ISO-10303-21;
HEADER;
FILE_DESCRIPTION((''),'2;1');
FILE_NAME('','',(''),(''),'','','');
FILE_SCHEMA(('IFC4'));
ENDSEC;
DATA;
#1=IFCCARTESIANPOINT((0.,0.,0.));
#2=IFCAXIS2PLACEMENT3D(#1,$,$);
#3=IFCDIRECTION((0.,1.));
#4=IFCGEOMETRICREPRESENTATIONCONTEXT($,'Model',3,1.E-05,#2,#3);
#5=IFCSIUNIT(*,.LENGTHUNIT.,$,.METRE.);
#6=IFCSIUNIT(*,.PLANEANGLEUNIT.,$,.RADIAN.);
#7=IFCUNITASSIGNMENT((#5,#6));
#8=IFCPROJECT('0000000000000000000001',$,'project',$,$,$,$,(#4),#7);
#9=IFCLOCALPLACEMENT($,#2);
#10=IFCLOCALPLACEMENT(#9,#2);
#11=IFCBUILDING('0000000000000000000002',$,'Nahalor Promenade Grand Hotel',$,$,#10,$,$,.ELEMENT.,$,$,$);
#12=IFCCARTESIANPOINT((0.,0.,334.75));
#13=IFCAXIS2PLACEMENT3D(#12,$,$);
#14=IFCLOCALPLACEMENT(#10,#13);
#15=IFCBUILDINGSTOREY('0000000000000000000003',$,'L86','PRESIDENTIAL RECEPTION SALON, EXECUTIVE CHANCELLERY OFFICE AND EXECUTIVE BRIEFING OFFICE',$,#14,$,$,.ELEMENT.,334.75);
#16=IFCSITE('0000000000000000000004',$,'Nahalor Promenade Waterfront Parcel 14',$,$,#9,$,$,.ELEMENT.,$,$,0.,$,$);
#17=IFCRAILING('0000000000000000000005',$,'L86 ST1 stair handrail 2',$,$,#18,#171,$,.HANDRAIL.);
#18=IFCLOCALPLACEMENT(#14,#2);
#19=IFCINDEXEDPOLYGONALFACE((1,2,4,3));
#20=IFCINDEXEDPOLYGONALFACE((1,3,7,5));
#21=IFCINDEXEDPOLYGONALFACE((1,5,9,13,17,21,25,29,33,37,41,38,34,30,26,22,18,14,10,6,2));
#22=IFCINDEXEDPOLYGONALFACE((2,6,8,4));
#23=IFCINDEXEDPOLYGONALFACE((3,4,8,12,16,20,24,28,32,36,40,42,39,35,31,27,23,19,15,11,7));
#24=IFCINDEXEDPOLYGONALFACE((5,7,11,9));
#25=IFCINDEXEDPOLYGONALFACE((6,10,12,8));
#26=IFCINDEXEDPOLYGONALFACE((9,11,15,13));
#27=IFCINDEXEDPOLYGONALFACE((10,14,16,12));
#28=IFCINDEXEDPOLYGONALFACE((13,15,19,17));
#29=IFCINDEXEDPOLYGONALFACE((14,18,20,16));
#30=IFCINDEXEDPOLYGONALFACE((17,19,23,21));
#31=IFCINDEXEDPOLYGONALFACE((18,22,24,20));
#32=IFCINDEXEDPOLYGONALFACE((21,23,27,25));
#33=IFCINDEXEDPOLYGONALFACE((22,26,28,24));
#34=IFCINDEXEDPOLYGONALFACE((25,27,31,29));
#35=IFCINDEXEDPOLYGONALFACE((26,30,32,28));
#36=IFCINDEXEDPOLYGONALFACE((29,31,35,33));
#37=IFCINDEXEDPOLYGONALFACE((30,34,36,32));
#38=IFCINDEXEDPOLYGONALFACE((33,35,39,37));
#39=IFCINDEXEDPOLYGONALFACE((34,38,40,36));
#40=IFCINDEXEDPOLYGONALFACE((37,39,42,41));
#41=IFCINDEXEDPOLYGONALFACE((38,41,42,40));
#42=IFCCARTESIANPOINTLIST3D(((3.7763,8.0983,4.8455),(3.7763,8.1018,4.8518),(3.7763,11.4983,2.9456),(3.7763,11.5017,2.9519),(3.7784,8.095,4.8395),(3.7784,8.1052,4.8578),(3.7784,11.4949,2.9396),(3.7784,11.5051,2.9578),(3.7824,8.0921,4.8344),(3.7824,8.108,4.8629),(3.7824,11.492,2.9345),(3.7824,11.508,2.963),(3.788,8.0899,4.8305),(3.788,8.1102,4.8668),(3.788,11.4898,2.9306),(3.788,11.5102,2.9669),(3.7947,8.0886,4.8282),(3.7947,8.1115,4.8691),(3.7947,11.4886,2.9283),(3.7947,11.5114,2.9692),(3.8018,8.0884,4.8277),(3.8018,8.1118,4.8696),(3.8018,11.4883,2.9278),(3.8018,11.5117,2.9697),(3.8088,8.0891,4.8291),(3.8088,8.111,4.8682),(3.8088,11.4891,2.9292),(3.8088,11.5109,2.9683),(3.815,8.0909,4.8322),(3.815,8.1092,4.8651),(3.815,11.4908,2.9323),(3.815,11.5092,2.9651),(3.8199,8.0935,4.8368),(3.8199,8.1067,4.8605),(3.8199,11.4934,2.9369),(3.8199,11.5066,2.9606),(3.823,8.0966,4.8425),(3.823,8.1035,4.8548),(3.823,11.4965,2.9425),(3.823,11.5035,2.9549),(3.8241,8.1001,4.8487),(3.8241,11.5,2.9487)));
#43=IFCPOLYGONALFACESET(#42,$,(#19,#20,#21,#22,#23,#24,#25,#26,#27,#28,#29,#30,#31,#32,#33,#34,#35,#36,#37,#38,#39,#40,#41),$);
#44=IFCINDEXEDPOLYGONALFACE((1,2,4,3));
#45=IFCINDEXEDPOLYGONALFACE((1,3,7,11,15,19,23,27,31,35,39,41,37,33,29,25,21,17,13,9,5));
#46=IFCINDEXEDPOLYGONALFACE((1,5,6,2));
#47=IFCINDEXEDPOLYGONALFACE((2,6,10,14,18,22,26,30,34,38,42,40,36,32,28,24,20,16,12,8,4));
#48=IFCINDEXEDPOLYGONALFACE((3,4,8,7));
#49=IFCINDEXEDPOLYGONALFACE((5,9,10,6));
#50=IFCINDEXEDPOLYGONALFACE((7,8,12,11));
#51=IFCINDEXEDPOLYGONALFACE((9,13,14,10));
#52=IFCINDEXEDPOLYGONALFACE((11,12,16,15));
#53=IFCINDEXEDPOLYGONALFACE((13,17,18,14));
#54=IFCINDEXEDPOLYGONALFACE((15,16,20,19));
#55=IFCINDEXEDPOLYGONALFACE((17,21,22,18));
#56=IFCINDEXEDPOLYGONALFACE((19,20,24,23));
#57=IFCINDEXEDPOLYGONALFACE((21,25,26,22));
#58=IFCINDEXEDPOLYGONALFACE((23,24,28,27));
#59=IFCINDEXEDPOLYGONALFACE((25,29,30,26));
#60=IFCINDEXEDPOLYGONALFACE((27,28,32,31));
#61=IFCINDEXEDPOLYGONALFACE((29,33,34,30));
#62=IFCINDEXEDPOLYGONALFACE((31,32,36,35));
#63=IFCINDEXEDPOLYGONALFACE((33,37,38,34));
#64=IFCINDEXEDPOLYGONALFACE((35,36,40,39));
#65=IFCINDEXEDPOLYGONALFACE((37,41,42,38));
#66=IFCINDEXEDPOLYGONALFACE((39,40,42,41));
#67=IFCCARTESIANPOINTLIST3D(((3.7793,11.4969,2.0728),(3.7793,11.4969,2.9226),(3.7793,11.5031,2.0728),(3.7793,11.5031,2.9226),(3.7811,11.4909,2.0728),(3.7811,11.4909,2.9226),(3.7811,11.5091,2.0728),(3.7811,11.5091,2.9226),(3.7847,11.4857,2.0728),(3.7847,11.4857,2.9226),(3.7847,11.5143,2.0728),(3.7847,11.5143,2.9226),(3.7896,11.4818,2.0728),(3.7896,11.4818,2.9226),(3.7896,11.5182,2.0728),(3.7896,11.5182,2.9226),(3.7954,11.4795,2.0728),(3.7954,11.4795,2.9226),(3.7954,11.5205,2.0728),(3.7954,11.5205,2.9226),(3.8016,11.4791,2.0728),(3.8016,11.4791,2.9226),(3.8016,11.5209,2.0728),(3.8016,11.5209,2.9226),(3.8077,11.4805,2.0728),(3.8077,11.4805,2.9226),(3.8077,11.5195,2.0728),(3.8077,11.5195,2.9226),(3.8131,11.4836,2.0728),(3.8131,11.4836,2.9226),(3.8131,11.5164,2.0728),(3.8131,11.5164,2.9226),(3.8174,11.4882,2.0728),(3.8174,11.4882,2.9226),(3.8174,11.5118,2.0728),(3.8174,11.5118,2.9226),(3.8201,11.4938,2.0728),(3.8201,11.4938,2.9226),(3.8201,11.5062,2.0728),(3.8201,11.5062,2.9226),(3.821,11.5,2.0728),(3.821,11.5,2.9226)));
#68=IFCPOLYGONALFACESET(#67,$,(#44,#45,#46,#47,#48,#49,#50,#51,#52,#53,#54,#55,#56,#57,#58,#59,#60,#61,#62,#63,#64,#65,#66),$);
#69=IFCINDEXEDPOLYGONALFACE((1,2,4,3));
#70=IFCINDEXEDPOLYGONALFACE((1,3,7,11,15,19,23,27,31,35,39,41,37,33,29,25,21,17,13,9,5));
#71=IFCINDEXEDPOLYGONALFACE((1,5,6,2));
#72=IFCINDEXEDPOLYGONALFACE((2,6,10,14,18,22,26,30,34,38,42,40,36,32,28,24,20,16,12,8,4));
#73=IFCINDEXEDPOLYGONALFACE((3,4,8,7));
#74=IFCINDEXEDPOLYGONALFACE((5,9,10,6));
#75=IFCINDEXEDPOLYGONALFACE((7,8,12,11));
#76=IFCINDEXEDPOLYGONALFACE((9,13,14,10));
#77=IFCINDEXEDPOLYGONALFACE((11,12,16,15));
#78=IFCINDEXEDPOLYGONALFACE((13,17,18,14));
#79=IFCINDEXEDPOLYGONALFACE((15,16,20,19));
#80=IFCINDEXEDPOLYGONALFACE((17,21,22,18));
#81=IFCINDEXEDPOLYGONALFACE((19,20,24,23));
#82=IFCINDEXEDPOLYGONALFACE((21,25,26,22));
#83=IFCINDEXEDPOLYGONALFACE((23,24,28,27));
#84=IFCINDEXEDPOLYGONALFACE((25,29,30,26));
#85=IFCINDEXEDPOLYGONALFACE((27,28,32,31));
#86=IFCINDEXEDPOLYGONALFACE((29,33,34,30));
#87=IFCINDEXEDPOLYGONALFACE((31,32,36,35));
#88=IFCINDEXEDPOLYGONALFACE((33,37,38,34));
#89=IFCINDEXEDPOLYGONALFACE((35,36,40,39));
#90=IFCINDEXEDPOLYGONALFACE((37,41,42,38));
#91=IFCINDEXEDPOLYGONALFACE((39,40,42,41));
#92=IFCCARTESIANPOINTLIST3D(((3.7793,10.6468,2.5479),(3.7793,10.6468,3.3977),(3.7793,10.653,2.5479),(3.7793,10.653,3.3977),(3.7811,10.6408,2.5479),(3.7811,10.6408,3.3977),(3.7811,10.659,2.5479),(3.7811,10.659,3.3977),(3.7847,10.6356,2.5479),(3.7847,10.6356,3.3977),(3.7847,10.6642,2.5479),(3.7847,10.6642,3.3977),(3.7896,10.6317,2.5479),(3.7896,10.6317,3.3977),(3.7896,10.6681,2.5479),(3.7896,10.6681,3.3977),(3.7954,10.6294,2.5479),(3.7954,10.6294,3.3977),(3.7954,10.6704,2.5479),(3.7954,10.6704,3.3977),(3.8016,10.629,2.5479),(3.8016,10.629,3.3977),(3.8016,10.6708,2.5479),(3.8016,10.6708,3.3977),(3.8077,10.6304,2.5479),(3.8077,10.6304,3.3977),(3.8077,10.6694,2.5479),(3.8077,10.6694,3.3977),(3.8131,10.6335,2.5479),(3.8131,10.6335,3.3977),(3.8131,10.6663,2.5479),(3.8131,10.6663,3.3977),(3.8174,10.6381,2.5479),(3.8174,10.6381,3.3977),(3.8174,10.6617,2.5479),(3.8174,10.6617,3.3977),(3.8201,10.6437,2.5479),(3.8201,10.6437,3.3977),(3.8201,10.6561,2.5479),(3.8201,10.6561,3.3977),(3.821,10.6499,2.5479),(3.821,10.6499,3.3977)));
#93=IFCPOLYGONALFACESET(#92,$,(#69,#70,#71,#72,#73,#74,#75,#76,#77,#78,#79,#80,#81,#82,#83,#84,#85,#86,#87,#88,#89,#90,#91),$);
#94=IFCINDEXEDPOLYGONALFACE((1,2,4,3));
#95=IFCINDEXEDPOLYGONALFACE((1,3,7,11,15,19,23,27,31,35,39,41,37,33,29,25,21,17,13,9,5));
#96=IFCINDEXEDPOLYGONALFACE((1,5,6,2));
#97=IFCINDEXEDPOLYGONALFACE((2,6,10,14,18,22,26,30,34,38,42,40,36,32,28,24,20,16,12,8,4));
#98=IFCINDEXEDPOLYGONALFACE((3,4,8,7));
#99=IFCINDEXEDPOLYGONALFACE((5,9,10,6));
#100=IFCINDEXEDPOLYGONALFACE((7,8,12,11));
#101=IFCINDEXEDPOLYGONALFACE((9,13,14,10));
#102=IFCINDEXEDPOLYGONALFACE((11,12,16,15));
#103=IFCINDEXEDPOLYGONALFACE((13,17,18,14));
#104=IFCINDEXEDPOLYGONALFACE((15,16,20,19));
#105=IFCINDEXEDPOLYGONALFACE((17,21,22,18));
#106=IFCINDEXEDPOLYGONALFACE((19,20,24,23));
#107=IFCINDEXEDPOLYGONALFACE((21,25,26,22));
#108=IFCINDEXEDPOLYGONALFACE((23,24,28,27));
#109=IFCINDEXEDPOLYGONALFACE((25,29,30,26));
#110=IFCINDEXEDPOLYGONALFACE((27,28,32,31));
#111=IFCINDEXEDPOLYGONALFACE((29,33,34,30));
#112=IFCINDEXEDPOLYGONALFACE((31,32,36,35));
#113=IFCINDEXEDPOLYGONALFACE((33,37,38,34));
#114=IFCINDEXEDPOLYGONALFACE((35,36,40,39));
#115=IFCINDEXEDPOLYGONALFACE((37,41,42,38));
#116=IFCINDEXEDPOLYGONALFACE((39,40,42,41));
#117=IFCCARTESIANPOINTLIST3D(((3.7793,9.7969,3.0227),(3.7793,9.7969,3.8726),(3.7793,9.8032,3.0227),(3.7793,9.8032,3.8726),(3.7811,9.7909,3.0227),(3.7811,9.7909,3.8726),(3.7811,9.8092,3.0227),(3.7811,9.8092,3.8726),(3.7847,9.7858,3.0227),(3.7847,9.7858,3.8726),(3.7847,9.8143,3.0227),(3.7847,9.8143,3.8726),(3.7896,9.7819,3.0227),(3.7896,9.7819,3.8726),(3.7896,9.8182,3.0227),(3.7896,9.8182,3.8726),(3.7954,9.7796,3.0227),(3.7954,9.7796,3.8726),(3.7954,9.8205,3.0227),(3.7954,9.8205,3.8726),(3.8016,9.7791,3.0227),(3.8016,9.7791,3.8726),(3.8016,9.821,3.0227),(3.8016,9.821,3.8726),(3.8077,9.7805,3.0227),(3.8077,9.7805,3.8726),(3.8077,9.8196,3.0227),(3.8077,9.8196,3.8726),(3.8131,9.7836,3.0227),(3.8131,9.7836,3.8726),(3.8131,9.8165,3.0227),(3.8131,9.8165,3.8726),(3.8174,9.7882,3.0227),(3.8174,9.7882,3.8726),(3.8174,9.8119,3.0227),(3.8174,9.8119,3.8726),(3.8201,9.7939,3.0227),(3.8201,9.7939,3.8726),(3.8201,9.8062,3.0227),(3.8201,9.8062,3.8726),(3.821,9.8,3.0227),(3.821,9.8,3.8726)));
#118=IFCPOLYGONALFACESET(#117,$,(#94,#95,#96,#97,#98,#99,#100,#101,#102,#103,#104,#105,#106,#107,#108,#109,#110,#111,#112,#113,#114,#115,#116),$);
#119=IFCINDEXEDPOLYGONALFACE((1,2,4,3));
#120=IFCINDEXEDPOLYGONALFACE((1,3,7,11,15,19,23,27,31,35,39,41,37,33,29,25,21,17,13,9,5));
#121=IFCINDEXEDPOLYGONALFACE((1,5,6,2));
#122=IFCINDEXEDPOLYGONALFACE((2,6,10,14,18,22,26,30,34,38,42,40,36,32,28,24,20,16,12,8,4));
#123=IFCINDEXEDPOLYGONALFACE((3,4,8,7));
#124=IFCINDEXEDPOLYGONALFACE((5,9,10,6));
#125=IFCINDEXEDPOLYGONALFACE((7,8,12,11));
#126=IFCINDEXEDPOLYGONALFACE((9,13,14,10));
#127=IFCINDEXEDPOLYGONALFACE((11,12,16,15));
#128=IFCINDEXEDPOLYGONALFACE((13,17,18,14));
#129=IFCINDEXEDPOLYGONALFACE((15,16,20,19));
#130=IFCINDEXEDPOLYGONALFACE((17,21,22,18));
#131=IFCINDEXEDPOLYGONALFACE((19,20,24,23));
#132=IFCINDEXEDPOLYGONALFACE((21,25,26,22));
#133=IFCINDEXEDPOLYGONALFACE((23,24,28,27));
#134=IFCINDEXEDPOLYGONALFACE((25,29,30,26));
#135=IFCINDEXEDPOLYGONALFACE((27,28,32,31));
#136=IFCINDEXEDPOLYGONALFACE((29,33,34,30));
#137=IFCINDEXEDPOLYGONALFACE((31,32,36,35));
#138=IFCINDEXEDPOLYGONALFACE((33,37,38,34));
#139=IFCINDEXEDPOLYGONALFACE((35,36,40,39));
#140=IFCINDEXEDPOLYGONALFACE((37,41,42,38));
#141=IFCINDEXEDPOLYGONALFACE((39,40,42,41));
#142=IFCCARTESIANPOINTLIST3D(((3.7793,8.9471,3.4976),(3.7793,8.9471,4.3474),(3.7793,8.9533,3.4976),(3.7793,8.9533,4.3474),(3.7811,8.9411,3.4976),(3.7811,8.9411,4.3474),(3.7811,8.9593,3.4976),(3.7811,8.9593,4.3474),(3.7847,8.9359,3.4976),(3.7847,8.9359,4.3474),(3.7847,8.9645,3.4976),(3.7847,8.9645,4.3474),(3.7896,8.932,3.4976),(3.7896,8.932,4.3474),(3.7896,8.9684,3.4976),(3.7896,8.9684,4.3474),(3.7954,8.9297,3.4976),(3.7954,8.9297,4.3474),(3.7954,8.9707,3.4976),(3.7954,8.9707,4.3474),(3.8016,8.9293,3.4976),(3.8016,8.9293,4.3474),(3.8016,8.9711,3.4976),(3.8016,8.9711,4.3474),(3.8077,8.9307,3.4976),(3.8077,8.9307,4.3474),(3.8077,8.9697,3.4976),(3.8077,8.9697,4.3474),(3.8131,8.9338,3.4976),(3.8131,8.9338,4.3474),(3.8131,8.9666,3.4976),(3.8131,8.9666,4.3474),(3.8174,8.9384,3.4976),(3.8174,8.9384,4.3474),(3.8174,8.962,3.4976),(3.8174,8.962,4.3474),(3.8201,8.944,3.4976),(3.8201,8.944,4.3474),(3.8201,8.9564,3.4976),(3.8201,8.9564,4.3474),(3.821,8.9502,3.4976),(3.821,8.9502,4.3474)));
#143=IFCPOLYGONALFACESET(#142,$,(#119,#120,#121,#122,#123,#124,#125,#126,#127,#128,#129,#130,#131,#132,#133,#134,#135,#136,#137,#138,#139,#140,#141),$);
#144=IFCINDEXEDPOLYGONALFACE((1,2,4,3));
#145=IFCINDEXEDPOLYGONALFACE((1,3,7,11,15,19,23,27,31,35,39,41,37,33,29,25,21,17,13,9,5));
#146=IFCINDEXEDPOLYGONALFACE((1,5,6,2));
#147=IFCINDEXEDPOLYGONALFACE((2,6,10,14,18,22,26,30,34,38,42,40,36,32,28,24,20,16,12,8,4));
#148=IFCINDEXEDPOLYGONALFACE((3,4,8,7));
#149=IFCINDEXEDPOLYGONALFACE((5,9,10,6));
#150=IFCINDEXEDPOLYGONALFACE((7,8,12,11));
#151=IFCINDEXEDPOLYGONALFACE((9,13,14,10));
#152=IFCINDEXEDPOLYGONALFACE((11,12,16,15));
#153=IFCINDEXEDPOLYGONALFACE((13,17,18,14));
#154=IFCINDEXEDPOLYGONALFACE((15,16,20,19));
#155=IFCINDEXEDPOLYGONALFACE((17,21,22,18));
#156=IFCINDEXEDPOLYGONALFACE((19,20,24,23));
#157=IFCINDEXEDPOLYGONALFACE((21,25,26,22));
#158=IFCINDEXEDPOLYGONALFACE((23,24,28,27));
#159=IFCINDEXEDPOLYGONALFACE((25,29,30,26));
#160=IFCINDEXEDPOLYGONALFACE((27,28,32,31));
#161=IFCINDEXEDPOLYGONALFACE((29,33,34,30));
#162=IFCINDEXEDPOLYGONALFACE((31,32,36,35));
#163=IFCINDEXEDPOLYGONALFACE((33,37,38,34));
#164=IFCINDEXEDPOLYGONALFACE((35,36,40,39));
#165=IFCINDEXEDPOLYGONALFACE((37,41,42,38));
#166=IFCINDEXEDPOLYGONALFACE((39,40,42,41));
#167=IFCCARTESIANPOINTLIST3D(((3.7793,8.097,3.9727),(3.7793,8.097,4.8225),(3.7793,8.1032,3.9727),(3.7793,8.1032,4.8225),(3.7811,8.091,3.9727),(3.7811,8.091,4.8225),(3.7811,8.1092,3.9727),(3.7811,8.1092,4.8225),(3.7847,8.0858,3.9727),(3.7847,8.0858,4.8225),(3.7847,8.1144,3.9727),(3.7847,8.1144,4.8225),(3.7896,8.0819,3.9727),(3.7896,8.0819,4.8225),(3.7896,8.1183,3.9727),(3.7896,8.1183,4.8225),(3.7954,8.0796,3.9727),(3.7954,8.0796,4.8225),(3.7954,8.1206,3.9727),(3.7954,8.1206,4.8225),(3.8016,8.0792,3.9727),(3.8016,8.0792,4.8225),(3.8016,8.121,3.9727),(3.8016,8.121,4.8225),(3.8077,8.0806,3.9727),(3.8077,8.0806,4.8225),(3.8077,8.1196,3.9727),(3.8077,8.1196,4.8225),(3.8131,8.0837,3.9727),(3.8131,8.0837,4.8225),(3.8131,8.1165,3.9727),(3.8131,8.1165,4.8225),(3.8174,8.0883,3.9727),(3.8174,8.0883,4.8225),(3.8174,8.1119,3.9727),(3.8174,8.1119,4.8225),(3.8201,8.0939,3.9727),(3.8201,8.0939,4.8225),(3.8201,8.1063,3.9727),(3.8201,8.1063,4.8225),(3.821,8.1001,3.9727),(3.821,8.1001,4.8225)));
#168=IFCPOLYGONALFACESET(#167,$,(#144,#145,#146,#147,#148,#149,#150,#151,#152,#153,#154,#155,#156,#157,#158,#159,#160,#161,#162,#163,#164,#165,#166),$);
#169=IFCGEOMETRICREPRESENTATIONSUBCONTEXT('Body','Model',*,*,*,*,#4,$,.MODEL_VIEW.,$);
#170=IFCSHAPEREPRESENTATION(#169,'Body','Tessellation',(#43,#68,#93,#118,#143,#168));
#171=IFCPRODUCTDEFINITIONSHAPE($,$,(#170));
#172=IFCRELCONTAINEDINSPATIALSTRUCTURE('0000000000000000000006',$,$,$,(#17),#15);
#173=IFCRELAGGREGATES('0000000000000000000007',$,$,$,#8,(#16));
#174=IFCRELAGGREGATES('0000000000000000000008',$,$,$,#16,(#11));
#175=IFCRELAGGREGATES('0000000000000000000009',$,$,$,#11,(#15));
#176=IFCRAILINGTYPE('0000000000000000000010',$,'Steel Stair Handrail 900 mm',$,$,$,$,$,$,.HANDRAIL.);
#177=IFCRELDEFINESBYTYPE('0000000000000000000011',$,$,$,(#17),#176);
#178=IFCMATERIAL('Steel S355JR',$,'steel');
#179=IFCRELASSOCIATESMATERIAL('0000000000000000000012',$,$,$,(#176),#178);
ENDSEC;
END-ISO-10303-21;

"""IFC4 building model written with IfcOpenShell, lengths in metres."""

from ifc_helpers import new_model, si_unit, direction, frame, origin, origin_2d, place, context, subcontext, project, spatial, circle, extrude, material, type_object, element, save


model = new_model("IFC4")

# Units and contexts
model_context = context("Model", 3, precision=1e-05, world=origin(), true_north=direction((0.0, 1.0)))
body_context = subcontext(model_context, "Body", "Model", "MODEL_VIEW")
ifc_project = project(units=[si_unit("LENGTHUNIT", "METRE"), si_unit("PLANEANGLEUNIT", "RADIAN")], contexts=[model_context])

# Site, building, storey
site_placement = place(None, origin())
site = spatial("IfcSite", under=ifc_project, at=site_placement, Name="Nahalor Promenade Waterfront Parcel 14", CompositionType="ELEMENT", RefElevation=0.0)
building_placement = place(site_placement, origin())
building = spatial("IfcBuilding", under=site, at=building_placement, Name="Nahalor Promenade Grand Hotel", CompositionType="ELEMENT")
storey_placement = place(building_placement, frame((0.0, 0.0, 334.75)))
storey = spatial("IfcBuildingStorey", under=building, at=storey_placement, Name="L86", Description="PRESIDENTIAL RECEPTION SALON, EXECUTIVE CHANCELLERY OFFICE AND EXECUTIVE BRIEFING OFFICE", CompositionType="ELEMENT", Elevation=334.75)

# Shared definitions
ifc_material_1 = material(Name="Steel S355JR", Category="steel")

# Railing
railing_type_1 = type_object("IfcRailingType", Name="Steel Stair Handrail 900 mm", PredefinedType="HANDRAIL", material=ifc_material_1)
railing_1_placement = place(storey_placement, frame((3.8, 11.5, 2.0728)))
element("IfcRailing", 1, at=railing_1_placement, inside=storey, type_object=railing_type_1, Name="L86 ST1 stair handrail 2", PredefinedType="HANDRAIL", context=body_context, shape_type="SweptSolid", body=[
    extrude(circle(Radius=0.024, at=origin_2d()), frame((0.0, 0.0, 0.876), z_axis=(0.0, -0.872948, 0.487813), x_axis=(1.0, 0.0, 0.0)), (0.0, 0.0, 1.0), 3.8948),
    extrude(circle(Radius=0.021, at=origin_2d()), origin(), (0.0, 0.0, 1.0), 0.8499),
    extrude(circle(Radius=0.021, at=origin_2d()), frame((0.0, -0.8501, 0.4751)), (0.0, 0.0, 1.0), 0.8499),
    extrude(circle(Radius=0.021, at=origin_2d()), frame((0.0, -1.7, 0.95)), (0.0, 0.0, 1.0), 0.8499),
    extrude(circle(Radius=0.021, at=origin_2d()), frame((0.0, -2.5498, 1.4248)), (0.0, 0.0, 1.0), 0.8499),
    extrude(circle(Radius=0.021, at=origin_2d()), frame((0.0, -3.3999, 1.8999)), (0.0, 0.0, 1.0), 0.8499),
])

save(model, "model.ifc")
